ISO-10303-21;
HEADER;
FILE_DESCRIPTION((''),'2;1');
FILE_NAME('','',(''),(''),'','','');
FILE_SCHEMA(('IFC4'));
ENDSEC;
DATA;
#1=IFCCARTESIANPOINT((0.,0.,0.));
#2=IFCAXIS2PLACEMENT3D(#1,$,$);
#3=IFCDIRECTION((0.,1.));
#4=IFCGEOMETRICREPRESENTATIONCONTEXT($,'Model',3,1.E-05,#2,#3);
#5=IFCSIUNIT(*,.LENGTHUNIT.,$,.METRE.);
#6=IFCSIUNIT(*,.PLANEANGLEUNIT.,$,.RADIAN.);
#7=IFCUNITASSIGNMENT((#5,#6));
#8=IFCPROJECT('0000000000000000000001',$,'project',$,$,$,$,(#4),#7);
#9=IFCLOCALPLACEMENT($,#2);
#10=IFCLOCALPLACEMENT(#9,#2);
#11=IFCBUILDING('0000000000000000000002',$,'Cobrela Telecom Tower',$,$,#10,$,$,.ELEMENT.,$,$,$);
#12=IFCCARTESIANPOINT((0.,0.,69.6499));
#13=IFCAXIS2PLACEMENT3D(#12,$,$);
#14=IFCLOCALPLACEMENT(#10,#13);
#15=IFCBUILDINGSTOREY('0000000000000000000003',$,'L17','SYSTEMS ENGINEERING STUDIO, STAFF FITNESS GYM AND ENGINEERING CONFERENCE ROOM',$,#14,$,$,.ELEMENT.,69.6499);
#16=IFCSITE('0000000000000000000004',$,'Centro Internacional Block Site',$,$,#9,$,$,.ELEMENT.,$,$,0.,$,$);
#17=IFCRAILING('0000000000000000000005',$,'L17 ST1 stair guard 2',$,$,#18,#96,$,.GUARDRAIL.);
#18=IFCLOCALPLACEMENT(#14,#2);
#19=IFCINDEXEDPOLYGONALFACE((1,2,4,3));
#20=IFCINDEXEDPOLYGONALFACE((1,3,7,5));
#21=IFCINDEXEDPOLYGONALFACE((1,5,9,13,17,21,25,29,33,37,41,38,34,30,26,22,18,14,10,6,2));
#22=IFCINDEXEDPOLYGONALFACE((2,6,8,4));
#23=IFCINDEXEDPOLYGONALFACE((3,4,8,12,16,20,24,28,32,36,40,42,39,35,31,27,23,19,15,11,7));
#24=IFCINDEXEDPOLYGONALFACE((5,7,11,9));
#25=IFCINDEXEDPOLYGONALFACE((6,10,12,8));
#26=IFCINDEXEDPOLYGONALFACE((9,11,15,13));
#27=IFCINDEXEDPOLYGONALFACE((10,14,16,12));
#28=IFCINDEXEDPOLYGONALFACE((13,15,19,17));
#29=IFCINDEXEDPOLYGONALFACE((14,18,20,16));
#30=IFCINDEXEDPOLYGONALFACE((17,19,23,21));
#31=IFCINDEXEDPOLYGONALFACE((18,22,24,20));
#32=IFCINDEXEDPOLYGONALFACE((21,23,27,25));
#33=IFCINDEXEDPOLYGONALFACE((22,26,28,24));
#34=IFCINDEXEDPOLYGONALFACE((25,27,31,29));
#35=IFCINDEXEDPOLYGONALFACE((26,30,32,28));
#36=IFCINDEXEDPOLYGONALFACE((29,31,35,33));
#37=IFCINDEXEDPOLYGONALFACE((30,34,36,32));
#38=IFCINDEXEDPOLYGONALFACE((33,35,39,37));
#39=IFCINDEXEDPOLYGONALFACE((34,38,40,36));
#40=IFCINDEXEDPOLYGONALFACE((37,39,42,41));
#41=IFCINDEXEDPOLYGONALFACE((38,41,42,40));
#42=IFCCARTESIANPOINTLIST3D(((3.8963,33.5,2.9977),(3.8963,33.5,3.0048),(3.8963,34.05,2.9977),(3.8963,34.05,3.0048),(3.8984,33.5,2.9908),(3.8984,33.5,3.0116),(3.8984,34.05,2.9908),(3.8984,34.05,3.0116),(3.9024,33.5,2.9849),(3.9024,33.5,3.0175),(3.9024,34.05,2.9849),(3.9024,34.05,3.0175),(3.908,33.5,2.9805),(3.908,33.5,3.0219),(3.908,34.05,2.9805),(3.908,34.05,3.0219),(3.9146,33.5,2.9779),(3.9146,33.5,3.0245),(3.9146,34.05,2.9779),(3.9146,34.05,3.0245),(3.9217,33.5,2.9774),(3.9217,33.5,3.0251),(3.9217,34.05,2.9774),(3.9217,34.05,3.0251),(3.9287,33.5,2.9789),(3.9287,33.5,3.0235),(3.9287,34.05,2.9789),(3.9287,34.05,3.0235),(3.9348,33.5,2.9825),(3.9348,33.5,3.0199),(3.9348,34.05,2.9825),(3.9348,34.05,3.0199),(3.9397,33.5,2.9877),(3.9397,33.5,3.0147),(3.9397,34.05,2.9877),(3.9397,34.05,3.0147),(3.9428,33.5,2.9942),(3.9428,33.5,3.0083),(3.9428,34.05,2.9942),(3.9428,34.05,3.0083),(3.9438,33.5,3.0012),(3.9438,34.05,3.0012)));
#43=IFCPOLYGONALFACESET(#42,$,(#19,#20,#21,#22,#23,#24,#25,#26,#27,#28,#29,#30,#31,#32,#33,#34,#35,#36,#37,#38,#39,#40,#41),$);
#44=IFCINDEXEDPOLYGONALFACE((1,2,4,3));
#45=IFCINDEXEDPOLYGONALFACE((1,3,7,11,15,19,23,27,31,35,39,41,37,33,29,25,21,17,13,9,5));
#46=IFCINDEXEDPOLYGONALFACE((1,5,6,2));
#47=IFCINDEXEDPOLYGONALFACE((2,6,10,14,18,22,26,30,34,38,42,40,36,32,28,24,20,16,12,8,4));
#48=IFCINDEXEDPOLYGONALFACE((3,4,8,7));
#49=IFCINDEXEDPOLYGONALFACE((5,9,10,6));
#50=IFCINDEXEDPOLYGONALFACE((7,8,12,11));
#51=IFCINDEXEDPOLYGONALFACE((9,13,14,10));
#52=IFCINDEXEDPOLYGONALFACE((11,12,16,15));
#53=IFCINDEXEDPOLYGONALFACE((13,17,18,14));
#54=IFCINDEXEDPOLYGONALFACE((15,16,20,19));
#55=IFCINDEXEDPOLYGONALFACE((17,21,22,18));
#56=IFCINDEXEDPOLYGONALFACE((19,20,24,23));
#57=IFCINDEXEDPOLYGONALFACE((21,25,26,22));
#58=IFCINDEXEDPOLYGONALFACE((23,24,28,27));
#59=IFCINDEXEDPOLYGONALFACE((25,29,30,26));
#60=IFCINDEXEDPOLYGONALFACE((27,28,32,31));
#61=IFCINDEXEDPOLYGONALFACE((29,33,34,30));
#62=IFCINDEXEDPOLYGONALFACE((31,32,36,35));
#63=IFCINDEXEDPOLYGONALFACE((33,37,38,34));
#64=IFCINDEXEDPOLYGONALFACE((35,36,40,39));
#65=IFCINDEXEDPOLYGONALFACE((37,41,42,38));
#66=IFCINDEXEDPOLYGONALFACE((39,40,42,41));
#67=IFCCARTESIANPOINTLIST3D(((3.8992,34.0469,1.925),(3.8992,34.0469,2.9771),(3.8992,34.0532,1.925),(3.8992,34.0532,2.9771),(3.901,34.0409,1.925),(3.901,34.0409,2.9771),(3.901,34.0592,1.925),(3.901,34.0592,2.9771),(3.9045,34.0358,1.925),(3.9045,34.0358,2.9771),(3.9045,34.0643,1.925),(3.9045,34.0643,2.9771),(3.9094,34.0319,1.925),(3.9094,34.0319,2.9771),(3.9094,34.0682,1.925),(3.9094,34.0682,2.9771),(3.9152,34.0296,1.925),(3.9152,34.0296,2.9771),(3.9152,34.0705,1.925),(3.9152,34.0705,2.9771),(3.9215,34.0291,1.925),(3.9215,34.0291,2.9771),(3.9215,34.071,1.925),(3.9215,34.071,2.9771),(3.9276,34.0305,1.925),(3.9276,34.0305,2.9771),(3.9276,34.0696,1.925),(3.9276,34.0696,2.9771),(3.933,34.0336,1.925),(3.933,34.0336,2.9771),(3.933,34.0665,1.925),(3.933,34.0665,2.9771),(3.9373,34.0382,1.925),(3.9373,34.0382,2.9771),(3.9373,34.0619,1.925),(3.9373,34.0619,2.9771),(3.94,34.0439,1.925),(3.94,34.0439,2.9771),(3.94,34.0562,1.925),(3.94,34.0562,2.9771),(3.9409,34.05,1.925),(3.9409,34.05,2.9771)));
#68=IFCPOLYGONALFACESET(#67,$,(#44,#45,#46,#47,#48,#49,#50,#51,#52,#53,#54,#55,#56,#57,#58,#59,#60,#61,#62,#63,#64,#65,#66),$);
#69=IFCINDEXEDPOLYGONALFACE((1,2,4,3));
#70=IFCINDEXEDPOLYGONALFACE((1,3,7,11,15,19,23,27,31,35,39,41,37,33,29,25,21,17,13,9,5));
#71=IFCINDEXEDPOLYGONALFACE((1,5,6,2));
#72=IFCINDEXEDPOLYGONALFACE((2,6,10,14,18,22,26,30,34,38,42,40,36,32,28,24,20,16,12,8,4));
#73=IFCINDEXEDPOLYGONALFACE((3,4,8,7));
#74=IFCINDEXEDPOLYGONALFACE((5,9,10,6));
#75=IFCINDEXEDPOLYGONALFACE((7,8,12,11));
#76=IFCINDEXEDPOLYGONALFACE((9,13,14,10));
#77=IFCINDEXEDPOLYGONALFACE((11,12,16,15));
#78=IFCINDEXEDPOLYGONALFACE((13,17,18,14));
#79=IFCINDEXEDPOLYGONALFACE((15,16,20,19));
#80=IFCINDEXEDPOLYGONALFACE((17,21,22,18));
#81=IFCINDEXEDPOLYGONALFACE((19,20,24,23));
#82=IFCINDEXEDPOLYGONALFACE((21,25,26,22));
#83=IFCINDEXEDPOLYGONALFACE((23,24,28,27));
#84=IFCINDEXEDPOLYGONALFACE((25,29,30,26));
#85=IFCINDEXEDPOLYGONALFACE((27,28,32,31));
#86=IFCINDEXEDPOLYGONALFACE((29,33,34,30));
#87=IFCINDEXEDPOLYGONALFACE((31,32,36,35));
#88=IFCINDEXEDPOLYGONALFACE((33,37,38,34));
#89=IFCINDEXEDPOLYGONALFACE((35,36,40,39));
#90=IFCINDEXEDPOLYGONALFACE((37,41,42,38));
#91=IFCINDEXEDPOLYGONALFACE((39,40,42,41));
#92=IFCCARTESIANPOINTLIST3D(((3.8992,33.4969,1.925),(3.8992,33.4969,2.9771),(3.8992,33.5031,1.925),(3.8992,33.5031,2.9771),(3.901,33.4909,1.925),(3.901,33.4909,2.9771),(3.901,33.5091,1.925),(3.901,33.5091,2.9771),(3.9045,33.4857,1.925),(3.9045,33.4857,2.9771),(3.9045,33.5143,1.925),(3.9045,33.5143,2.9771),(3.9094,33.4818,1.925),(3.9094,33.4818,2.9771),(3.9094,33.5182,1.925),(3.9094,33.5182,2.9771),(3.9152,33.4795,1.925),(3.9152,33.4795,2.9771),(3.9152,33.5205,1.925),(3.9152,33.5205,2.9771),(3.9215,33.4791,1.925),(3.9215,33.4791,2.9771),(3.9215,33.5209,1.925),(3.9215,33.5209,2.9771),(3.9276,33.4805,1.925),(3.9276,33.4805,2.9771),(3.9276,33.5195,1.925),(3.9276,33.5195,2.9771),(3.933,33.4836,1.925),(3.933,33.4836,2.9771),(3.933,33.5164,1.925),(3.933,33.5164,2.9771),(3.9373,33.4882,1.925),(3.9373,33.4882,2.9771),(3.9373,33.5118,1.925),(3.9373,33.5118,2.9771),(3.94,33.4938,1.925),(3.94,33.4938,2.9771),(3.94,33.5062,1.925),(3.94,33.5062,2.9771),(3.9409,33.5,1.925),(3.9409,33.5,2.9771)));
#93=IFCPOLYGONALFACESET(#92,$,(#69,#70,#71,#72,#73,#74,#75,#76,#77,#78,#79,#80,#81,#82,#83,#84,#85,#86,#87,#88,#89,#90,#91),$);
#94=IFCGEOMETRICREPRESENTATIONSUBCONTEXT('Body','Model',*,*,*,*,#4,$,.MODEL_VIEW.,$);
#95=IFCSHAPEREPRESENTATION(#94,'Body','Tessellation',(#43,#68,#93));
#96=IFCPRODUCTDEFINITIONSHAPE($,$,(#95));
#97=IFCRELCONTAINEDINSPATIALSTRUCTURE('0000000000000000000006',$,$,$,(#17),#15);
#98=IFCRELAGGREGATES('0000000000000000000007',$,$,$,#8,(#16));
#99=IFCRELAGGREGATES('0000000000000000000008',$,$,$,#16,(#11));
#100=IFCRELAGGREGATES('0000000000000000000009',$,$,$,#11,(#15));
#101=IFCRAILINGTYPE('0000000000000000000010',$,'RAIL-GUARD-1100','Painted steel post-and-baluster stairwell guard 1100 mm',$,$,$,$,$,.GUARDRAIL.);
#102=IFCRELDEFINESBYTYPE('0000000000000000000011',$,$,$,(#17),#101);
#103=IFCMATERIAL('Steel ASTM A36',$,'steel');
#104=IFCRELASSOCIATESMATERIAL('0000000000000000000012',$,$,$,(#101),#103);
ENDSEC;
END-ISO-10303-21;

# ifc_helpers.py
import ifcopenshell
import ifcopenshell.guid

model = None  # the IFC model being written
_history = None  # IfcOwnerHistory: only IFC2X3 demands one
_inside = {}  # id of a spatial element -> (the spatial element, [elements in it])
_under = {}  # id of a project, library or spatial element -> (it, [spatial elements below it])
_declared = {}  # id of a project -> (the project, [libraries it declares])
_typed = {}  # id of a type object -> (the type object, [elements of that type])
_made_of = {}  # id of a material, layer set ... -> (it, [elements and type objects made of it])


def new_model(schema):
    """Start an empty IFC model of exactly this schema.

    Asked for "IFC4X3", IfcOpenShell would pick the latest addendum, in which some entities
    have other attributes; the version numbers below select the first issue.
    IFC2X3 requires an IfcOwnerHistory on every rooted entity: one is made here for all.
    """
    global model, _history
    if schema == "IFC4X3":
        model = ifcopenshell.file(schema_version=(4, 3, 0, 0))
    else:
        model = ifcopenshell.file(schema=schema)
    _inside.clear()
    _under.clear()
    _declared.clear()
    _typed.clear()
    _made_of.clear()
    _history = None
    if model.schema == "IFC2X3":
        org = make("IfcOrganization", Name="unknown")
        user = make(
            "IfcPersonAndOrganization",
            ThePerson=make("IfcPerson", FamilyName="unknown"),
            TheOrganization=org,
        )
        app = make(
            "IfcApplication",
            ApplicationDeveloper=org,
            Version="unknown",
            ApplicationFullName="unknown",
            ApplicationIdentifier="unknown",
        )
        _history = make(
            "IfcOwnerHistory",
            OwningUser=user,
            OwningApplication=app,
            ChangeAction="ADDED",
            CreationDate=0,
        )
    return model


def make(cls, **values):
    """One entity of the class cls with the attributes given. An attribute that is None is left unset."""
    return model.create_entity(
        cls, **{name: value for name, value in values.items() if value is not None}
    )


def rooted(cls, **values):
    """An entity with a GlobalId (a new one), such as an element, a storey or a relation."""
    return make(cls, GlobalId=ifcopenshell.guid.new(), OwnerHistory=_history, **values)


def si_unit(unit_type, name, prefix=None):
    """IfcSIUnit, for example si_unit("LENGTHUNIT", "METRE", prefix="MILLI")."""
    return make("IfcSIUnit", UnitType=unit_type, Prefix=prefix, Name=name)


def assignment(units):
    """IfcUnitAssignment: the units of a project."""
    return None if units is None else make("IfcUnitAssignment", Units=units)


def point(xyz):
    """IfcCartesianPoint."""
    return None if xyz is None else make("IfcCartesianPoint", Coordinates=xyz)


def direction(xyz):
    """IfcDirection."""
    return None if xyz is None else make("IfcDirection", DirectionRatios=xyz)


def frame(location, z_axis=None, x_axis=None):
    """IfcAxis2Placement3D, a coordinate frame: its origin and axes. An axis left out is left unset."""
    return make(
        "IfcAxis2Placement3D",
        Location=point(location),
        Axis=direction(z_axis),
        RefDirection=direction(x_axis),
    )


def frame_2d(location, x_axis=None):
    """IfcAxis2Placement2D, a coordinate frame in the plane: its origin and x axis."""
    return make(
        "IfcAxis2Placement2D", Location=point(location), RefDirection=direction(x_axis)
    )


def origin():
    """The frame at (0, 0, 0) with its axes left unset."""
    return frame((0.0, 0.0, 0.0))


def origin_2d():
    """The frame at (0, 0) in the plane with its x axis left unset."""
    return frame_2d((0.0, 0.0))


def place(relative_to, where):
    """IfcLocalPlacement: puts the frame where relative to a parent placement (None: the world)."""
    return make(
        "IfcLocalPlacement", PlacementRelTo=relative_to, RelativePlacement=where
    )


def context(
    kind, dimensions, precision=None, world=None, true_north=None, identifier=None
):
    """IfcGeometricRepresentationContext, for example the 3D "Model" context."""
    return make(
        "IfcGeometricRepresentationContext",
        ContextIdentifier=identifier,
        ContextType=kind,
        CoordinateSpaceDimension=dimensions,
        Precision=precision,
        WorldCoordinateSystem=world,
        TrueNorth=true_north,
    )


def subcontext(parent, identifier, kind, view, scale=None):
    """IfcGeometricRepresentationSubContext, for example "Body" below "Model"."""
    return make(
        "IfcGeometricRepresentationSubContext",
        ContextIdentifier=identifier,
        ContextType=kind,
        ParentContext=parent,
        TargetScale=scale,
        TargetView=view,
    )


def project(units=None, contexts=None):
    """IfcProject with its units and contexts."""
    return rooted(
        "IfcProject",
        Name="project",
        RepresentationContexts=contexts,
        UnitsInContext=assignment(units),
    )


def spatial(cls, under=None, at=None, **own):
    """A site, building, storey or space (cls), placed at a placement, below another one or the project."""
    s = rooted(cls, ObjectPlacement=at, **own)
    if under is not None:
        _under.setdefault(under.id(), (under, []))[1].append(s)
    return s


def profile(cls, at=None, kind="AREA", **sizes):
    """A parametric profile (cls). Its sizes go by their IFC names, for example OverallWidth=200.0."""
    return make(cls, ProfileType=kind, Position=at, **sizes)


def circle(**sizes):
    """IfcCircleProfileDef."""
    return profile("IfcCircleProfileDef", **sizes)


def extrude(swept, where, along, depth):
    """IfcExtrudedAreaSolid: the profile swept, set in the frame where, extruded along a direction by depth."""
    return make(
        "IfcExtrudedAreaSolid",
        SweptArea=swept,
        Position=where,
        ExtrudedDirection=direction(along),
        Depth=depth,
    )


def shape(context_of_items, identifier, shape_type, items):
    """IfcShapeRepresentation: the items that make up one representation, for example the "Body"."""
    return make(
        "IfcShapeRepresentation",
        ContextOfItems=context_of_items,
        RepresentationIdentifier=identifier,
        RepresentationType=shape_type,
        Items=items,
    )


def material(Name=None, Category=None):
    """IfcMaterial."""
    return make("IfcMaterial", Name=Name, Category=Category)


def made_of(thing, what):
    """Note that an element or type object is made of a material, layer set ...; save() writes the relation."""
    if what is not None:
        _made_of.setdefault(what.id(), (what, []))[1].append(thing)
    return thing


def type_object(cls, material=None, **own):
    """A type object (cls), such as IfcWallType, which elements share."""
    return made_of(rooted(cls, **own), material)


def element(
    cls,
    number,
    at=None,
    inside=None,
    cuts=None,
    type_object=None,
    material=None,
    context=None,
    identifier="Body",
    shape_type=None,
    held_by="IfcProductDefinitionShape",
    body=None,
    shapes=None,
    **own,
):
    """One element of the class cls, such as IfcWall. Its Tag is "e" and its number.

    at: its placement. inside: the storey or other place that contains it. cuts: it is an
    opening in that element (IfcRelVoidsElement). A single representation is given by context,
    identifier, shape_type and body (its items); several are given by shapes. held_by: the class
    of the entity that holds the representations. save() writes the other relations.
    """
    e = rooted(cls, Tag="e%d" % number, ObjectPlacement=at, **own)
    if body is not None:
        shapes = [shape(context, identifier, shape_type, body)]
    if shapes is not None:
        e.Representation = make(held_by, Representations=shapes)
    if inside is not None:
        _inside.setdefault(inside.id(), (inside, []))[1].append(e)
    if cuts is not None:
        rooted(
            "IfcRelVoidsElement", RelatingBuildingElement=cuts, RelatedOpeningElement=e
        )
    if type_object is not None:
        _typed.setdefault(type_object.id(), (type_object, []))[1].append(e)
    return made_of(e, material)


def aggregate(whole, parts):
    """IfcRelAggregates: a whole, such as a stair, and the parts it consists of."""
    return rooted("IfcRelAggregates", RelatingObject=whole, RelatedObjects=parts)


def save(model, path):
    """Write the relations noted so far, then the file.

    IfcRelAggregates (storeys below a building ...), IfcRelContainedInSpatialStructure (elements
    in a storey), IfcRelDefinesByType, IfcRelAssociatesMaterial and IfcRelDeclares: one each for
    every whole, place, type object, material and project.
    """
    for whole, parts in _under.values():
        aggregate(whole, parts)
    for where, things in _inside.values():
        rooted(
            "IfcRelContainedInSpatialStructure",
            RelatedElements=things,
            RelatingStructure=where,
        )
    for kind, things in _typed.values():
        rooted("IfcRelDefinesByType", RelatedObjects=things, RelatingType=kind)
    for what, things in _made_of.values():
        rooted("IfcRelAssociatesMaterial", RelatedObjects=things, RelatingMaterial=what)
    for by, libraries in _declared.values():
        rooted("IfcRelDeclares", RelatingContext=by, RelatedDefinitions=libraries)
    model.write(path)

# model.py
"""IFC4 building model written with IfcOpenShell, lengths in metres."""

from ifc_helpers import new_model, si_unit, direction, frame, origin, origin_2d, place, context, subcontext, project, spatial, circle, extrude, material, type_object, element, save


model = new_model("IFC4")

# Units and contexts
model_context = context("Model", 3, precision=1e-05, world=origin(), true_north=direction((0.0, 1.0)))
body_context = subcontext(model_context, "Body", "Model", "MODEL_VIEW")
ifc_project = project(units=[si_unit("LENGTHUNIT", "METRE"), si_unit("PLANEANGLEUNIT", "RADIAN")], contexts=[model_context])

# Site, building, storey
site_placement = place(None, origin())
site = spatial("IfcSite", under=ifc_project, at=site_placement, Name="Centro Internacional Block Site", CompositionType="ELEMENT", RefElevation=0.0)
building_placement = place(site_placement, origin())
building = spatial("IfcBuilding", under=site, at=building_placement, Name="Cobrela Telecom Tower", CompositionType="ELEMENT")
storey_placement = place(building_placement, frame((0.0, 0.0, 69.6499)))
storey = spatial("IfcBuildingStorey", under=building, at=storey_placement, Name="L17", Description="SYSTEMS ENGINEERING STUDIO, STAFF FITNESS GYM AND ENGINEERING CONFERENCE ROOM", CompositionType="ELEMENT", Elevation=69.6499)

# Shared definitions
ifc_material_1 = material(Name="Steel ASTM A36", Category="steel")

# Railing
railing_type_1 = type_object("IfcRailingType", Name="RAIL-GUARD-1100", Description="Painted steel post-and-baluster stairwell guard 1100 mm", PredefinedType="GUARDRAIL", material=ifc_material_1)
railing_1_placement = place(storey_placement, frame((3.9199, 34.05, 1.925)))
element("IfcRailing", 1, at=railing_1_placement, inside=storey, type_object=railing_type_1, Name="L17 ST1 stair guard 2", PredefinedType="GUARDRAIL", context=body_context, shape_type="SweptSolid", body=[
    extrude(circle(Radius=0.0239, at=origin_2d()), frame((0.0, 0.0, 1.0762), z_axis=(0.0, -1.0, 0.0), x_axis=(1.0, 0.0, 0.0)), (0.0, 0.0, 1.0), 0.55),
    extrude(circle(Radius=0.021, at=origin_2d()), origin(), (0.0, 0.0, 1.0), 1.052),
    extrude(circle(Radius=0.021, at=origin_2d()), frame((0.0, -0.55, 0.0)), (0.0, 0.0, 1.0), 1.052),
])

save(model, "model.ifc")
